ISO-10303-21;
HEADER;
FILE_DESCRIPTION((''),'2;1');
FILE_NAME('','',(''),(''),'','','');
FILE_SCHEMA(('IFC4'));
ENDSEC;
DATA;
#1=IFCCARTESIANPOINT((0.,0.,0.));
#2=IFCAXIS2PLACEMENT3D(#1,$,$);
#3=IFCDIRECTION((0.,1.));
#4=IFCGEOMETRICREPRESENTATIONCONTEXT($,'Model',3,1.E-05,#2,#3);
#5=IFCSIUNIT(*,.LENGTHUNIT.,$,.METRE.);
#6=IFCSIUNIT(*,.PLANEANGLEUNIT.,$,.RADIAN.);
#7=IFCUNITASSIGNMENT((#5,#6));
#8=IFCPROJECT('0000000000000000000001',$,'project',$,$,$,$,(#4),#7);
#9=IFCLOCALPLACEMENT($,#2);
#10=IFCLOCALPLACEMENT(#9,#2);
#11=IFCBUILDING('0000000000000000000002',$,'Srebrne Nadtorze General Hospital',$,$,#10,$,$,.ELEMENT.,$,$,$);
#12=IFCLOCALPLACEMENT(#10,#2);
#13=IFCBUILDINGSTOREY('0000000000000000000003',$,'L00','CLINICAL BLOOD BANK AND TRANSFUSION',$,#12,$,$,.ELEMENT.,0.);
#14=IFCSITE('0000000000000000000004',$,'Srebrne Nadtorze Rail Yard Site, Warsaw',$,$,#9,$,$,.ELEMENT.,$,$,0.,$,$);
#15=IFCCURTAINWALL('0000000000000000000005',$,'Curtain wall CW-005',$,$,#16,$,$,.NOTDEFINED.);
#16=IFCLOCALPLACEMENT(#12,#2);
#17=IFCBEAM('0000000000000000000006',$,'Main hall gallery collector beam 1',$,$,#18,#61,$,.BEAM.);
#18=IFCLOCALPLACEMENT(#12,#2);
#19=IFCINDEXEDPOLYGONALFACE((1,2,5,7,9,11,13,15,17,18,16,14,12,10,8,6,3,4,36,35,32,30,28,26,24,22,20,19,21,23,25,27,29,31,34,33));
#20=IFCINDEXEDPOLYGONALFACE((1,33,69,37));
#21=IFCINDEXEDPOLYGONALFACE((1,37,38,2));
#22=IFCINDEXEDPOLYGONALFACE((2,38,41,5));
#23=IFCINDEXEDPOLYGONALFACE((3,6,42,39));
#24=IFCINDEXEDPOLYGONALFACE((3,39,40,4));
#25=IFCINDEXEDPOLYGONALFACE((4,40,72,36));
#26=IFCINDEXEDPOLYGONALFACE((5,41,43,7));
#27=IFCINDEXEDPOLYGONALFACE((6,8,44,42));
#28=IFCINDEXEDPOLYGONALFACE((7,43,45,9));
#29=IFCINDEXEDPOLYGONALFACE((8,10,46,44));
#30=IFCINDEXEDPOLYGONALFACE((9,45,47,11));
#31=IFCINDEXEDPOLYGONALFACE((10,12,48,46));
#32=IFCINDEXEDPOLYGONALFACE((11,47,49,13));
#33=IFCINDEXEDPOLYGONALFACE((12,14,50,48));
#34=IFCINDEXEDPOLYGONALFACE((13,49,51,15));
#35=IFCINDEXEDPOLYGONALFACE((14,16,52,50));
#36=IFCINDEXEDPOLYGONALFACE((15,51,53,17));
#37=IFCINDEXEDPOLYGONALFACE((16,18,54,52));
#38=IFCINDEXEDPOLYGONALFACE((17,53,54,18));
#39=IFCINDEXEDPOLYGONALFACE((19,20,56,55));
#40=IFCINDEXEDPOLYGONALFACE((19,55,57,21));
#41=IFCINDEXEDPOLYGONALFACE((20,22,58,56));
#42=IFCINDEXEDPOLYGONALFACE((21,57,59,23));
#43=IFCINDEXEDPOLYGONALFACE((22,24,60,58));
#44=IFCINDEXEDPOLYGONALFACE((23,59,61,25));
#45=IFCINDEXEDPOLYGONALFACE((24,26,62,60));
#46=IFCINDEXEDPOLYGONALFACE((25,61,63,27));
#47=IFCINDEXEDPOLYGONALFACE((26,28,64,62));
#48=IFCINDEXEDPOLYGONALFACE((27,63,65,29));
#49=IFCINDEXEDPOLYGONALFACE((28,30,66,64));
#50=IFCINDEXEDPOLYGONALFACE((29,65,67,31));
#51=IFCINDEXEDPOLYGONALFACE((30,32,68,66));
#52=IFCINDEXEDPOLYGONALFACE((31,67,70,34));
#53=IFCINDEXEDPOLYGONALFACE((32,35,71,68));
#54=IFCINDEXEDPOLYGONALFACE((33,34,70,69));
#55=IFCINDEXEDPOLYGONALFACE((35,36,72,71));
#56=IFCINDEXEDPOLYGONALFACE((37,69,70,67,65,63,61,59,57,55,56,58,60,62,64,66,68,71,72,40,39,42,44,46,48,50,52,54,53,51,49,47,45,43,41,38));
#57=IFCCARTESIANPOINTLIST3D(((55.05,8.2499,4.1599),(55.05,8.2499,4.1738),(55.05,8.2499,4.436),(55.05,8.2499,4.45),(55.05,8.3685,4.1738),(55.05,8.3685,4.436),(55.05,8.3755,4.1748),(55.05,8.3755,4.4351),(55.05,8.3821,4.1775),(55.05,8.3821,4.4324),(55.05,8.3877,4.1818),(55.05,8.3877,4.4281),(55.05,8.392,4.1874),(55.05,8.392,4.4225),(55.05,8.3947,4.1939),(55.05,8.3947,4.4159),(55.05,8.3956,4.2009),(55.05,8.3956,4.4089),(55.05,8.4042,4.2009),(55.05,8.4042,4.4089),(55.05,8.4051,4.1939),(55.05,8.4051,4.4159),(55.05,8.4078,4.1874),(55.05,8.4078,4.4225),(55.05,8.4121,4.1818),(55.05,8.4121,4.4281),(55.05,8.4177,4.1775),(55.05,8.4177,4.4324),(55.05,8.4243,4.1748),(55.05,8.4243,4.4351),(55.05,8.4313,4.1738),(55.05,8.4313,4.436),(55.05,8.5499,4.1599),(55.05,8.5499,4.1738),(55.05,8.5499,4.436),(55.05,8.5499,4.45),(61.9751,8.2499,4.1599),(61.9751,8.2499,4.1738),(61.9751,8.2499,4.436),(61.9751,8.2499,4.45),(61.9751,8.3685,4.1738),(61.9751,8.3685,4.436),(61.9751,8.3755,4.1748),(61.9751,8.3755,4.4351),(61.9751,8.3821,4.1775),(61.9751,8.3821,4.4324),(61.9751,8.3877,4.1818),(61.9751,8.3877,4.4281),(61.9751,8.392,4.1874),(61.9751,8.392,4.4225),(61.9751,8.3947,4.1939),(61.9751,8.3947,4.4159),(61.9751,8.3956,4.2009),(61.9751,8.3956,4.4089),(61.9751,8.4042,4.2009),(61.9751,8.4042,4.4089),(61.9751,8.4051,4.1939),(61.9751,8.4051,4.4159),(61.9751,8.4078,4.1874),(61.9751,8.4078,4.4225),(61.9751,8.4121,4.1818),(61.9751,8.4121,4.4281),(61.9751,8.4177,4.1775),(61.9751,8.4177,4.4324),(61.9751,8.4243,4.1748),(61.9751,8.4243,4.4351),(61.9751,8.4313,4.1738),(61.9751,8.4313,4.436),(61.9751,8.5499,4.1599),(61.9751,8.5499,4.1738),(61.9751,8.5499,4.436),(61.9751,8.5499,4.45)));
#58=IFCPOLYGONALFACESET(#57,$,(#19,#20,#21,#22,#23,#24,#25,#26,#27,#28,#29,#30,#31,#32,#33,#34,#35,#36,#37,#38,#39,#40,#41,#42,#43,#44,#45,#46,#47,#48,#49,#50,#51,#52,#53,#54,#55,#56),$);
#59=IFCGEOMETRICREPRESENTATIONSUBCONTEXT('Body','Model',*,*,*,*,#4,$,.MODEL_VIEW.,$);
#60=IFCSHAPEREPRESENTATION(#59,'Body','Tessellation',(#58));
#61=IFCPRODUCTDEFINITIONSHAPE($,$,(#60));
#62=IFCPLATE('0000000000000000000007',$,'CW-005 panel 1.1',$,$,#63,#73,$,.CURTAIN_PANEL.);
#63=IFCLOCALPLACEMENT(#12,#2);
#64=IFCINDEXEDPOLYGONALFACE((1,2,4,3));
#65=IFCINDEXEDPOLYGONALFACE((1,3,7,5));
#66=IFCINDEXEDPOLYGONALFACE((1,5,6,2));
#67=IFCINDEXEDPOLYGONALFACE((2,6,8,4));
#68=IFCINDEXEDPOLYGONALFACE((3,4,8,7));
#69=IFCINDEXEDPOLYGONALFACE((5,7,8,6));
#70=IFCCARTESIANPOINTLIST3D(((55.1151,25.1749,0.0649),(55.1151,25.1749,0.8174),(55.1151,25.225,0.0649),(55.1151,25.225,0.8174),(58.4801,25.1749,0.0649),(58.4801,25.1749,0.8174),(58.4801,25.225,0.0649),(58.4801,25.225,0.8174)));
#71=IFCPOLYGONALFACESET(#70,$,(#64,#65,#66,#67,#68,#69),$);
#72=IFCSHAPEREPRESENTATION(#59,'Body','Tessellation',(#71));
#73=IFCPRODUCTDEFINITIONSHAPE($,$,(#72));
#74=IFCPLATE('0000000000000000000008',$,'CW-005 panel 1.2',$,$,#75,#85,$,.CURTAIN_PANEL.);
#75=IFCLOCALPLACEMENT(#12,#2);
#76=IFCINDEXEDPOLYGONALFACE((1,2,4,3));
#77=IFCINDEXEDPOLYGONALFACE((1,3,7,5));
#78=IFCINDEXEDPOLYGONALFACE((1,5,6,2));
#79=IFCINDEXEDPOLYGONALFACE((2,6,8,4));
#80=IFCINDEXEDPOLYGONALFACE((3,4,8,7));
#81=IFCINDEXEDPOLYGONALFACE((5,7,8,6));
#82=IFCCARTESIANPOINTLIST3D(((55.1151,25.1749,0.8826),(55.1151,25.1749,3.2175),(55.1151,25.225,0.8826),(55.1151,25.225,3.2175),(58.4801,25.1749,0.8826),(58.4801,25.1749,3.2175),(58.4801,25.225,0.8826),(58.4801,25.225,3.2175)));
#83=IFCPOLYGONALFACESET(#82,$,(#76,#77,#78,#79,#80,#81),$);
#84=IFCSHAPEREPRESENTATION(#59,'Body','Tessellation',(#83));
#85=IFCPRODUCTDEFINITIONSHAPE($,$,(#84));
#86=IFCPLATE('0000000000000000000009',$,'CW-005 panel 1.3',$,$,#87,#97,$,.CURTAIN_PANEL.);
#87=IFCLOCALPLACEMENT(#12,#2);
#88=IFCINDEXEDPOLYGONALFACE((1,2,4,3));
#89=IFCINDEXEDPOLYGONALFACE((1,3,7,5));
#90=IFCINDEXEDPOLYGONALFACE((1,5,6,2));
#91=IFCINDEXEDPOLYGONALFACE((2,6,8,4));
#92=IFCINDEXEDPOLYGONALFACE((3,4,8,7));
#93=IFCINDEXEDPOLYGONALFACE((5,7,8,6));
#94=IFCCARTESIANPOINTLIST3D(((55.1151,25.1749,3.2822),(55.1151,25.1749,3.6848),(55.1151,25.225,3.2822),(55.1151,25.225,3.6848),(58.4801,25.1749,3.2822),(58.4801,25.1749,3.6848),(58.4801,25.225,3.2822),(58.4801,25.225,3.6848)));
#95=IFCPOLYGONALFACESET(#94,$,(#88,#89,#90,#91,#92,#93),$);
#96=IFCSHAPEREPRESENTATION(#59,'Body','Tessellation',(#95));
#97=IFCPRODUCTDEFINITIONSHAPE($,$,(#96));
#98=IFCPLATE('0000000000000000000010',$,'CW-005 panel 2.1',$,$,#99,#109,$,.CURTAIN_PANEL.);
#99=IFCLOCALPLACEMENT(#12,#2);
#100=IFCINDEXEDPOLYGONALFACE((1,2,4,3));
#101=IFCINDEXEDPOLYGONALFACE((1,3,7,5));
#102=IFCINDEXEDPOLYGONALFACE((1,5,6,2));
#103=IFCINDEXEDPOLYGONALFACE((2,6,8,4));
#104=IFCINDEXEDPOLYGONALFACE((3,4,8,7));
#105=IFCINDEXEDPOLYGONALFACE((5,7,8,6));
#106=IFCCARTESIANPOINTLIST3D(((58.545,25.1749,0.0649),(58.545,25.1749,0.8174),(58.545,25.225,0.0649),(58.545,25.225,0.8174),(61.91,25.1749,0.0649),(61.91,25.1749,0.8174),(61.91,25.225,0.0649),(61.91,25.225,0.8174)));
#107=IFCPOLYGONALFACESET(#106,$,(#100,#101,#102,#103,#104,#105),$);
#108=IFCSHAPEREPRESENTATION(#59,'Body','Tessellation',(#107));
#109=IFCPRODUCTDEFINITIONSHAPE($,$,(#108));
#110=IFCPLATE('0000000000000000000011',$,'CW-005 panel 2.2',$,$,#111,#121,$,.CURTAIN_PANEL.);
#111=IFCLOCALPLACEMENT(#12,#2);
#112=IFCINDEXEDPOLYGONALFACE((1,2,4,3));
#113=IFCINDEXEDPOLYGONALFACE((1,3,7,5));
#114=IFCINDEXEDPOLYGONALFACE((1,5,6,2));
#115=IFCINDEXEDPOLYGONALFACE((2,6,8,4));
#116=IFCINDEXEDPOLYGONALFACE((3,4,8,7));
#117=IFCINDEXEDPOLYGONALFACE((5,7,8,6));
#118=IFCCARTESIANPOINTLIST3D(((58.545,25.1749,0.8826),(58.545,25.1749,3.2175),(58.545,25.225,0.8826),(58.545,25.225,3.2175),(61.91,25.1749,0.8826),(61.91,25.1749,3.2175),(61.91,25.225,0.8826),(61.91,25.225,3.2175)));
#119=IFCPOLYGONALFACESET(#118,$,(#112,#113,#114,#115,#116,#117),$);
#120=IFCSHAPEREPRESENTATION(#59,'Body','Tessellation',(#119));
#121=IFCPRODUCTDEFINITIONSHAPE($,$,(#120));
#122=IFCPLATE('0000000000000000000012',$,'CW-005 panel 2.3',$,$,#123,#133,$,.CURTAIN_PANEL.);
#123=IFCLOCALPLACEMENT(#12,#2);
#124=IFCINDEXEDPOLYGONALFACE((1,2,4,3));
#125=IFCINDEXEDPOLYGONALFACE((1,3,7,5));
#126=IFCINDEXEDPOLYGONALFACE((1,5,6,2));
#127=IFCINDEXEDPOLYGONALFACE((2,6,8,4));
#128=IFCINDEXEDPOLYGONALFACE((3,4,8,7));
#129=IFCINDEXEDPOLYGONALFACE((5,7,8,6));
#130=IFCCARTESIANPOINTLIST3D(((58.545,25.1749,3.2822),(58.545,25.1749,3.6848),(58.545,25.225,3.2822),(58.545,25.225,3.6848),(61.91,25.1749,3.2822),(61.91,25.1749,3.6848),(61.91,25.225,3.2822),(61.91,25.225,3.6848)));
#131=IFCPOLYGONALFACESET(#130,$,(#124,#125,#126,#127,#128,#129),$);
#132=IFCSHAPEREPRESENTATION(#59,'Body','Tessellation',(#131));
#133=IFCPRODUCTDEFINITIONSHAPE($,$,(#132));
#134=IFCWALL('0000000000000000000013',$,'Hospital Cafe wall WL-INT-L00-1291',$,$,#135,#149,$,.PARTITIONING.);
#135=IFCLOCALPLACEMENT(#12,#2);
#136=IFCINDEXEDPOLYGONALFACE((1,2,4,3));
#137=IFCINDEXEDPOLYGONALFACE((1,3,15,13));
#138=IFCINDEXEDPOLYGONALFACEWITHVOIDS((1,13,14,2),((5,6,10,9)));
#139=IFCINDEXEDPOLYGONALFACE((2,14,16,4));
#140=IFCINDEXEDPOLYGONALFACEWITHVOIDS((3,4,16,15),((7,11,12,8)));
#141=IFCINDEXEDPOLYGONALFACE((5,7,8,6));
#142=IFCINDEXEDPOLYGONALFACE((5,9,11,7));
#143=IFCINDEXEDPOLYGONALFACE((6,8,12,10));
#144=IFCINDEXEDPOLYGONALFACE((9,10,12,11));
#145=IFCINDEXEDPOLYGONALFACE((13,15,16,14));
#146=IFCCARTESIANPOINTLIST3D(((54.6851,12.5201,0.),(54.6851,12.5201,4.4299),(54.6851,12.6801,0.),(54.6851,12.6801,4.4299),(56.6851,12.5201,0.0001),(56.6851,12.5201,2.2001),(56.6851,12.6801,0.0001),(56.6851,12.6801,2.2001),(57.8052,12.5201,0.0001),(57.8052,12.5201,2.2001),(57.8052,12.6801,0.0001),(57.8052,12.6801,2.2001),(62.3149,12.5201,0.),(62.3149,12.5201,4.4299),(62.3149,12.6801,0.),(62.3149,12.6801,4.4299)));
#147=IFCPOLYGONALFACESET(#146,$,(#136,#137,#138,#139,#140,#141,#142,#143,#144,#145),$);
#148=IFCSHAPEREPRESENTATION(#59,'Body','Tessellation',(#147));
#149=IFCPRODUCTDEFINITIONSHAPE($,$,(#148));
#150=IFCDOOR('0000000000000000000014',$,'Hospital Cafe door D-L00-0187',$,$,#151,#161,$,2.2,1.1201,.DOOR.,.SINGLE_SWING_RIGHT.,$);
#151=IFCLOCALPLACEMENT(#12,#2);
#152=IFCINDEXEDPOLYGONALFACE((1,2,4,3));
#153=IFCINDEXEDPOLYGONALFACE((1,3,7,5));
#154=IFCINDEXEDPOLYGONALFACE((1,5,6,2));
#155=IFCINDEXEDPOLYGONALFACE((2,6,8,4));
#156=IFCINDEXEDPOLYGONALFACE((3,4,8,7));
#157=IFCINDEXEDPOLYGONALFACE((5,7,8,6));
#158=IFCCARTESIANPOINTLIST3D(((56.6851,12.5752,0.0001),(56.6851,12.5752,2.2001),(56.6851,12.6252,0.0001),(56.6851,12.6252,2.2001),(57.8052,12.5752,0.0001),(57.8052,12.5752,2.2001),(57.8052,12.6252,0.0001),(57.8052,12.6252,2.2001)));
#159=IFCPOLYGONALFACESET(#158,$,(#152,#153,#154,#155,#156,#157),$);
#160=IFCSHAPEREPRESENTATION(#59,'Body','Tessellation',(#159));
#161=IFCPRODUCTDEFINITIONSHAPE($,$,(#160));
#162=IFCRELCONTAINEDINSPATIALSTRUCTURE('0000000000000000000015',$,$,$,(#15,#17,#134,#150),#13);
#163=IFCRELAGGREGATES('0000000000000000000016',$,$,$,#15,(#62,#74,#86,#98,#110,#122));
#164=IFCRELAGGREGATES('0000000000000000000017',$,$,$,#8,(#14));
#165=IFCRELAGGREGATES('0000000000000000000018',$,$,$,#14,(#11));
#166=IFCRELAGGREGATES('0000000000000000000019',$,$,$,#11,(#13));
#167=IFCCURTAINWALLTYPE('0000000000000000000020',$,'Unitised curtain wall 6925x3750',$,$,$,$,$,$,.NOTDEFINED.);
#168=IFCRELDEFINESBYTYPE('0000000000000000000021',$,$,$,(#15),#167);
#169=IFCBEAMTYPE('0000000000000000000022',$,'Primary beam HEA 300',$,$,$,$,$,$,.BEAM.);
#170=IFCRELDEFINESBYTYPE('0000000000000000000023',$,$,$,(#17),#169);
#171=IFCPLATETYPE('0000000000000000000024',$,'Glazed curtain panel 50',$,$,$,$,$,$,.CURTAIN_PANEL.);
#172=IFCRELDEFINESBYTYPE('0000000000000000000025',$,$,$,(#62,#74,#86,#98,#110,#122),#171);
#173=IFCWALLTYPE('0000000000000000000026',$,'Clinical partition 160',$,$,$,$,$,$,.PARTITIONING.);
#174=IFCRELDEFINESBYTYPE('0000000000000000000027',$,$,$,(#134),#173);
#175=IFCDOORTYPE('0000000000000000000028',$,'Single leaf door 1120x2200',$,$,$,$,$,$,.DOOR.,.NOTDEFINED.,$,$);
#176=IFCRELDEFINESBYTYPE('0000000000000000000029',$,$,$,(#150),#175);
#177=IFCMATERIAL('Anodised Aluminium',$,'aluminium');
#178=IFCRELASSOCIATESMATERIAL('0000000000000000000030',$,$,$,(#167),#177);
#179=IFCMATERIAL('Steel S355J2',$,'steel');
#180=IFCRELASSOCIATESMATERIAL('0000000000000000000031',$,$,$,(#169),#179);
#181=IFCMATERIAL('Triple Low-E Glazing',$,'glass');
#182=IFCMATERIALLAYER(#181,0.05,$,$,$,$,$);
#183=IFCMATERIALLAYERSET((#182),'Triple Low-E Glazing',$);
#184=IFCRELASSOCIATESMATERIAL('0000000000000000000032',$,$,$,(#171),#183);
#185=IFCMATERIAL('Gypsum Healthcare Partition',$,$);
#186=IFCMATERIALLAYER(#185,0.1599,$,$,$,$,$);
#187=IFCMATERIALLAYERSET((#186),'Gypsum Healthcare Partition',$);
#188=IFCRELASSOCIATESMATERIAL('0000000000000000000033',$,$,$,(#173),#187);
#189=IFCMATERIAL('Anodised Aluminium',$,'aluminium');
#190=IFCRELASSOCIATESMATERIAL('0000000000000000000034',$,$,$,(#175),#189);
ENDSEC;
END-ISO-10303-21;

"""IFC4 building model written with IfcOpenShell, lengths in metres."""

from ifc_helpers import new_model, si_unit, direction, frame, frame_2d, origin, origin_2d, place, context, subcontext, project, spatial, rectangle, i_section, extrude, material, layer, layer_set, material_profile, profile_set, type_object, element, fill, aggregate, save


model = new_model("IFC4")

# Units and contexts
model_context = context("Model", 3, precision=1e-05, world=origin(), true_north=direction((0.0, 1.0)))
body_context = subcontext(model_context, "Body", "Model", "MODEL_VIEW")
ifc_project = project(units=[si_unit("LENGTHUNIT", "METRE"), si_unit("PLANEANGLEUNIT", "RADIAN")], contexts=[model_context])

# Site, building, storey
site_placement = place(None, origin())
site = spatial("IfcSite", under=ifc_project, at=site_placement, Name="Srebrne Nadtorze Rail Yard Site, Warsaw", CompositionType="ELEMENT", RefElevation=0.0)
building_placement = place(site_placement, origin())
building = spatial("IfcBuilding", under=site, at=building_placement, Name="Srebrne Nadtorze General Hospital", CompositionType="ELEMENT")
storey_placement = place(building_placement, origin())
storey = spatial("IfcBuildingStorey", under=building, at=storey_placement, Name="L00", Description="CLINICAL BLOOD BANK AND TRANSFUSION", CompositionType="ELEMENT", Elevation=0.0)

# Curtain wall
ifc_material_1 = material(Name="Anodised Aluminium", Category="aluminium")
curtain_wall_type_1 = type_object("IfcCurtainWallType", Name="Unitised curtain wall 6925x3750", PredefinedType="NOTDEFINED", material=ifc_material_1)
curtain_wall_1_placement = place(storey_placement, origin())
curtain_wall_1 = element("IfcCurtainWall", 1, at=curtain_wall_1_placement, inside=storey, type_object=curtain_wall_type_1, Name="Curtain wall CW-005", PredefinedType="NOTDEFINED")

# Beam
ifc_material_2 = material(Name="Steel S355J2", Category="steel")
ifc_material_profile_1 = material_profile(ifc_material_2, i_section(OverallWidth=0.3, OverallDepth=0.29, WebThickness=0.0085, FlangeThickness=0.0139, FilletRadius=0.0271, at=origin_2d()), Name="HEA-300")
ifc_profile_set_1 = profile_set([ifc_material_profile_1], Name="Steel S355J2")
beam_type_1 = type_object("IfcBeamType", Name="Primary beam HEA 300", PredefinedType="BEAM", material=ifc_profile_set_1)
beam_1_placement = place(storey_placement, frame((55.05, 8.3999, 4.3049), z_axis=(1.0, 0.0, 0.0), x_axis=(0.0, 1.0, 0.0)))
element("IfcBeam", 2, at=beam_1_placement, inside=storey, type_object=beam_type_1, Name="Main hall gallery collector beam 1", PredefinedType="BEAM", context=body_context, shape_type="SweptSolid", body=[
    extrude(i_section(OverallWidth=0.3, OverallDepth=0.29, WebThickness=0.0085, FlangeThickness=0.0139, FilletRadius=0.0271, at=origin_2d()), origin(), (0.0, 0.0, 1.0), 6.925),
])

# Plates
ifc_material_3 = material(Name="Triple Low-E Glazing", Category="glass")
ifc_layer_1 = layer(ifc_material_3, 0.05)
ifc_layer_set_1 = layer_set([ifc_layer_1], Name="Triple Low-E Glazing")
plate_type = type_object("IfcPlateType", Name="Glazed curtain panel 50", PredefinedType="CURTAIN_PANEL", material=ifc_layer_set_1)
plate_1_placement = place(storey_placement, frame((56.7976, 25.2, 0.0649), z_axis=(0.0, 0.0, 1.0), x_axis=(1.0, 0.0, 0.0)))
plate_1 = element("IfcPlate", 3, at=plate_1_placement, type_object=plate_type, Name="CW-005 panel 1.1", PredefinedType="CURTAIN_PANEL", context=body_context, shape_type="SweptSolid", body=[
    extrude(rectangle(XDim=3.365, YDim=0.05, at=origin_2d()), origin(), (0.0, 0.0, 1.0), 0.7524),
])
plate_2_placement = place(storey_placement, frame((56.7976, 25.2, 0.8826), z_axis=(0.0, 0.0, 1.0), x_axis=(1.0, 0.0, 0.0)))
plate_2 = element("IfcPlate", 4, at=plate_2_placement, type_object=plate_type, Name="CW-005 panel 1.2", PredefinedType="CURTAIN_PANEL", context=body_context, shape_type="SweptSolid", body=[
    extrude(rectangle(XDim=3.365, YDim=0.05, at=origin_2d()), origin(), (0.0, 0.0, 1.0), 2.335),
])
plate_3_placement = place(storey_placement, frame((56.7976, 25.2, 3.2822), z_axis=(0.0, 0.0, 1.0), x_axis=(1.0, 0.0, 0.0)))
plate_3 = element("IfcPlate", 5, at=plate_3_placement, type_object=plate_type, Name="CW-005 panel 1.3", PredefinedType="CURTAIN_PANEL", context=body_context, shape_type="SweptSolid", body=[
    extrude(rectangle(XDim=3.365, YDim=0.05, at=origin_2d()), origin(), (0.0, 0.0, 1.0), 0.4026),
])
plate_4_placement = place(storey_placement, frame((60.2275, 25.2, 0.0649), z_axis=(0.0, 0.0, 1.0), x_axis=(1.0, 0.0, 0.0)))
plate_4 = element("IfcPlate", 6, at=plate_4_placement, type_object=plate_type, Name="CW-005 panel 2.1", PredefinedType="CURTAIN_PANEL", context=body_context, shape_type="SweptSolid", body=[
    extrude(rectangle(XDim=3.365, YDim=0.05, at=origin_2d()), origin(), (0.0, 0.0, 1.0), 0.7524),
])
plate_5_placement = place(storey_placement, frame((60.2275, 25.2, 0.8826), z_axis=(0.0, 0.0, 1.0), x_axis=(1.0, 0.0, 0.0)))
plate_5 = element("IfcPlate", 7, at=plate_5_placement, type_object=plate_type, Name="CW-005 panel 2.2", PredefinedType="CURTAIN_PANEL", context=body_context, shape_type="SweptSolid", body=[
    extrude(rectangle(XDim=3.365, YDim=0.05, at=origin_2d()), origin(), (0.0, 0.0, 1.0), 2.335),
])
plate_6_placement = place(storey_placement, frame((60.2275, 25.2, 3.2822), z_axis=(0.0, 0.0, 1.0), x_axis=(1.0, 0.0, 0.0)))
plate_6 = element("IfcPlate", 8, at=plate_6_placement, type_object=plate_type, Name="CW-005 panel 2.3", PredefinedType="CURTAIN_PANEL", context=body_context, shape_type="SweptSolid", body=[
    extrude(rectangle(XDim=3.365, YDim=0.05, at=origin_2d()), origin(), (0.0, 0.0, 1.0), 0.4026),
])
aggregate(curtain_wall_1, [plate_1, plate_2, plate_3, plate_4, plate_5, plate_6])

# Wall, opening, door
ifc_material_4 = material(Name="Gypsum Healthcare Partition")
ifc_layer_2 = layer(ifc_material_4, 0.1599)
ifc_layer_set_2 = layer_set([ifc_layer_2], Name="Gypsum Healthcare Partition")
wall_type = type_object("IfcWallType", Name="Clinical partition 160", PredefinedType="PARTITIONING", material=ifc_layer_set_2)
wall_placement = place(storey_placement, frame((54.6851, 12.6001, 0.0), z_axis=(0.0, 0.0, 1.0), x_axis=(1.0, 0.0, 0.0)))
wall = element("IfcWall", 9, at=wall_placement, inside=storey, type_object=wall_type, Name="Hospital Cafe wall WL-INT-L00-1291", PredefinedType="PARTITIONING", context=body_context, shape_type="SweptSolid", body=[
    extrude(rectangle(XDim=7.6299, YDim=0.1599, at=frame_2d((3.8149, 0.0))), origin(), (0.0, 0.0, 1.0), 4.4299),
])
opening_placement = place(wall_placement, frame((2.0, 0.0, 0.0)))
opening = element("IfcOpeningElement", 10, at=opening_placement, cuts=wall, PredefinedType="OPENING", context=body_context, shape_type="SweptSolid", body=[
    extrude(rectangle(XDim=1.1201, YDim=2.2, at=frame_2d((0.5601, 1.1001))), frame((0.0, 0.0918, 0.0), z_axis=(0.0, -1.0, 0.0), x_axis=(1.0, 0.0, 0.0)), (0.0, 0.0, 1.0), 0.1838),
])
ifc_material_5 = material(Name="Anodised Aluminium", Category="aluminium")
door_type = type_object("IfcDoorType", Name="Single leaf door 1120x2200", OperationType="NOTDEFINED", PredefinedType="DOOR", material=ifc_material_5)
door_placement = place(opening_placement, frame((1.1201, 0.0, 0.0), z_axis=(0.0, 0.0, 1.0), x_axis=(-1.0, 0.0, 0.0)))
door = element("IfcDoor", 11, at=door_placement, inside=storey, type_object=door_type, Name="Hospital Cafe door D-L00-0187", OperationType="SINGLE_SWING_RIGHT", OverallHeight=2.2, OverallWidth=1.1201, PredefinedType="DOOR", context=body_context, shape_type="SweptSolid", body=[
    extrude(rectangle(XDim=1.1201, YDim=2.2, at=frame_2d((0.5601, 1.1001))), frame((0.0, 0.0249, 0.0), z_axis=(0.0, -1.0, 0.0), x_axis=(1.0, 0.0, 0.0)), (0.0, 0.0, 1.0), 0.05),
])
fill(opening, door)

save(model, "model.ifc")
